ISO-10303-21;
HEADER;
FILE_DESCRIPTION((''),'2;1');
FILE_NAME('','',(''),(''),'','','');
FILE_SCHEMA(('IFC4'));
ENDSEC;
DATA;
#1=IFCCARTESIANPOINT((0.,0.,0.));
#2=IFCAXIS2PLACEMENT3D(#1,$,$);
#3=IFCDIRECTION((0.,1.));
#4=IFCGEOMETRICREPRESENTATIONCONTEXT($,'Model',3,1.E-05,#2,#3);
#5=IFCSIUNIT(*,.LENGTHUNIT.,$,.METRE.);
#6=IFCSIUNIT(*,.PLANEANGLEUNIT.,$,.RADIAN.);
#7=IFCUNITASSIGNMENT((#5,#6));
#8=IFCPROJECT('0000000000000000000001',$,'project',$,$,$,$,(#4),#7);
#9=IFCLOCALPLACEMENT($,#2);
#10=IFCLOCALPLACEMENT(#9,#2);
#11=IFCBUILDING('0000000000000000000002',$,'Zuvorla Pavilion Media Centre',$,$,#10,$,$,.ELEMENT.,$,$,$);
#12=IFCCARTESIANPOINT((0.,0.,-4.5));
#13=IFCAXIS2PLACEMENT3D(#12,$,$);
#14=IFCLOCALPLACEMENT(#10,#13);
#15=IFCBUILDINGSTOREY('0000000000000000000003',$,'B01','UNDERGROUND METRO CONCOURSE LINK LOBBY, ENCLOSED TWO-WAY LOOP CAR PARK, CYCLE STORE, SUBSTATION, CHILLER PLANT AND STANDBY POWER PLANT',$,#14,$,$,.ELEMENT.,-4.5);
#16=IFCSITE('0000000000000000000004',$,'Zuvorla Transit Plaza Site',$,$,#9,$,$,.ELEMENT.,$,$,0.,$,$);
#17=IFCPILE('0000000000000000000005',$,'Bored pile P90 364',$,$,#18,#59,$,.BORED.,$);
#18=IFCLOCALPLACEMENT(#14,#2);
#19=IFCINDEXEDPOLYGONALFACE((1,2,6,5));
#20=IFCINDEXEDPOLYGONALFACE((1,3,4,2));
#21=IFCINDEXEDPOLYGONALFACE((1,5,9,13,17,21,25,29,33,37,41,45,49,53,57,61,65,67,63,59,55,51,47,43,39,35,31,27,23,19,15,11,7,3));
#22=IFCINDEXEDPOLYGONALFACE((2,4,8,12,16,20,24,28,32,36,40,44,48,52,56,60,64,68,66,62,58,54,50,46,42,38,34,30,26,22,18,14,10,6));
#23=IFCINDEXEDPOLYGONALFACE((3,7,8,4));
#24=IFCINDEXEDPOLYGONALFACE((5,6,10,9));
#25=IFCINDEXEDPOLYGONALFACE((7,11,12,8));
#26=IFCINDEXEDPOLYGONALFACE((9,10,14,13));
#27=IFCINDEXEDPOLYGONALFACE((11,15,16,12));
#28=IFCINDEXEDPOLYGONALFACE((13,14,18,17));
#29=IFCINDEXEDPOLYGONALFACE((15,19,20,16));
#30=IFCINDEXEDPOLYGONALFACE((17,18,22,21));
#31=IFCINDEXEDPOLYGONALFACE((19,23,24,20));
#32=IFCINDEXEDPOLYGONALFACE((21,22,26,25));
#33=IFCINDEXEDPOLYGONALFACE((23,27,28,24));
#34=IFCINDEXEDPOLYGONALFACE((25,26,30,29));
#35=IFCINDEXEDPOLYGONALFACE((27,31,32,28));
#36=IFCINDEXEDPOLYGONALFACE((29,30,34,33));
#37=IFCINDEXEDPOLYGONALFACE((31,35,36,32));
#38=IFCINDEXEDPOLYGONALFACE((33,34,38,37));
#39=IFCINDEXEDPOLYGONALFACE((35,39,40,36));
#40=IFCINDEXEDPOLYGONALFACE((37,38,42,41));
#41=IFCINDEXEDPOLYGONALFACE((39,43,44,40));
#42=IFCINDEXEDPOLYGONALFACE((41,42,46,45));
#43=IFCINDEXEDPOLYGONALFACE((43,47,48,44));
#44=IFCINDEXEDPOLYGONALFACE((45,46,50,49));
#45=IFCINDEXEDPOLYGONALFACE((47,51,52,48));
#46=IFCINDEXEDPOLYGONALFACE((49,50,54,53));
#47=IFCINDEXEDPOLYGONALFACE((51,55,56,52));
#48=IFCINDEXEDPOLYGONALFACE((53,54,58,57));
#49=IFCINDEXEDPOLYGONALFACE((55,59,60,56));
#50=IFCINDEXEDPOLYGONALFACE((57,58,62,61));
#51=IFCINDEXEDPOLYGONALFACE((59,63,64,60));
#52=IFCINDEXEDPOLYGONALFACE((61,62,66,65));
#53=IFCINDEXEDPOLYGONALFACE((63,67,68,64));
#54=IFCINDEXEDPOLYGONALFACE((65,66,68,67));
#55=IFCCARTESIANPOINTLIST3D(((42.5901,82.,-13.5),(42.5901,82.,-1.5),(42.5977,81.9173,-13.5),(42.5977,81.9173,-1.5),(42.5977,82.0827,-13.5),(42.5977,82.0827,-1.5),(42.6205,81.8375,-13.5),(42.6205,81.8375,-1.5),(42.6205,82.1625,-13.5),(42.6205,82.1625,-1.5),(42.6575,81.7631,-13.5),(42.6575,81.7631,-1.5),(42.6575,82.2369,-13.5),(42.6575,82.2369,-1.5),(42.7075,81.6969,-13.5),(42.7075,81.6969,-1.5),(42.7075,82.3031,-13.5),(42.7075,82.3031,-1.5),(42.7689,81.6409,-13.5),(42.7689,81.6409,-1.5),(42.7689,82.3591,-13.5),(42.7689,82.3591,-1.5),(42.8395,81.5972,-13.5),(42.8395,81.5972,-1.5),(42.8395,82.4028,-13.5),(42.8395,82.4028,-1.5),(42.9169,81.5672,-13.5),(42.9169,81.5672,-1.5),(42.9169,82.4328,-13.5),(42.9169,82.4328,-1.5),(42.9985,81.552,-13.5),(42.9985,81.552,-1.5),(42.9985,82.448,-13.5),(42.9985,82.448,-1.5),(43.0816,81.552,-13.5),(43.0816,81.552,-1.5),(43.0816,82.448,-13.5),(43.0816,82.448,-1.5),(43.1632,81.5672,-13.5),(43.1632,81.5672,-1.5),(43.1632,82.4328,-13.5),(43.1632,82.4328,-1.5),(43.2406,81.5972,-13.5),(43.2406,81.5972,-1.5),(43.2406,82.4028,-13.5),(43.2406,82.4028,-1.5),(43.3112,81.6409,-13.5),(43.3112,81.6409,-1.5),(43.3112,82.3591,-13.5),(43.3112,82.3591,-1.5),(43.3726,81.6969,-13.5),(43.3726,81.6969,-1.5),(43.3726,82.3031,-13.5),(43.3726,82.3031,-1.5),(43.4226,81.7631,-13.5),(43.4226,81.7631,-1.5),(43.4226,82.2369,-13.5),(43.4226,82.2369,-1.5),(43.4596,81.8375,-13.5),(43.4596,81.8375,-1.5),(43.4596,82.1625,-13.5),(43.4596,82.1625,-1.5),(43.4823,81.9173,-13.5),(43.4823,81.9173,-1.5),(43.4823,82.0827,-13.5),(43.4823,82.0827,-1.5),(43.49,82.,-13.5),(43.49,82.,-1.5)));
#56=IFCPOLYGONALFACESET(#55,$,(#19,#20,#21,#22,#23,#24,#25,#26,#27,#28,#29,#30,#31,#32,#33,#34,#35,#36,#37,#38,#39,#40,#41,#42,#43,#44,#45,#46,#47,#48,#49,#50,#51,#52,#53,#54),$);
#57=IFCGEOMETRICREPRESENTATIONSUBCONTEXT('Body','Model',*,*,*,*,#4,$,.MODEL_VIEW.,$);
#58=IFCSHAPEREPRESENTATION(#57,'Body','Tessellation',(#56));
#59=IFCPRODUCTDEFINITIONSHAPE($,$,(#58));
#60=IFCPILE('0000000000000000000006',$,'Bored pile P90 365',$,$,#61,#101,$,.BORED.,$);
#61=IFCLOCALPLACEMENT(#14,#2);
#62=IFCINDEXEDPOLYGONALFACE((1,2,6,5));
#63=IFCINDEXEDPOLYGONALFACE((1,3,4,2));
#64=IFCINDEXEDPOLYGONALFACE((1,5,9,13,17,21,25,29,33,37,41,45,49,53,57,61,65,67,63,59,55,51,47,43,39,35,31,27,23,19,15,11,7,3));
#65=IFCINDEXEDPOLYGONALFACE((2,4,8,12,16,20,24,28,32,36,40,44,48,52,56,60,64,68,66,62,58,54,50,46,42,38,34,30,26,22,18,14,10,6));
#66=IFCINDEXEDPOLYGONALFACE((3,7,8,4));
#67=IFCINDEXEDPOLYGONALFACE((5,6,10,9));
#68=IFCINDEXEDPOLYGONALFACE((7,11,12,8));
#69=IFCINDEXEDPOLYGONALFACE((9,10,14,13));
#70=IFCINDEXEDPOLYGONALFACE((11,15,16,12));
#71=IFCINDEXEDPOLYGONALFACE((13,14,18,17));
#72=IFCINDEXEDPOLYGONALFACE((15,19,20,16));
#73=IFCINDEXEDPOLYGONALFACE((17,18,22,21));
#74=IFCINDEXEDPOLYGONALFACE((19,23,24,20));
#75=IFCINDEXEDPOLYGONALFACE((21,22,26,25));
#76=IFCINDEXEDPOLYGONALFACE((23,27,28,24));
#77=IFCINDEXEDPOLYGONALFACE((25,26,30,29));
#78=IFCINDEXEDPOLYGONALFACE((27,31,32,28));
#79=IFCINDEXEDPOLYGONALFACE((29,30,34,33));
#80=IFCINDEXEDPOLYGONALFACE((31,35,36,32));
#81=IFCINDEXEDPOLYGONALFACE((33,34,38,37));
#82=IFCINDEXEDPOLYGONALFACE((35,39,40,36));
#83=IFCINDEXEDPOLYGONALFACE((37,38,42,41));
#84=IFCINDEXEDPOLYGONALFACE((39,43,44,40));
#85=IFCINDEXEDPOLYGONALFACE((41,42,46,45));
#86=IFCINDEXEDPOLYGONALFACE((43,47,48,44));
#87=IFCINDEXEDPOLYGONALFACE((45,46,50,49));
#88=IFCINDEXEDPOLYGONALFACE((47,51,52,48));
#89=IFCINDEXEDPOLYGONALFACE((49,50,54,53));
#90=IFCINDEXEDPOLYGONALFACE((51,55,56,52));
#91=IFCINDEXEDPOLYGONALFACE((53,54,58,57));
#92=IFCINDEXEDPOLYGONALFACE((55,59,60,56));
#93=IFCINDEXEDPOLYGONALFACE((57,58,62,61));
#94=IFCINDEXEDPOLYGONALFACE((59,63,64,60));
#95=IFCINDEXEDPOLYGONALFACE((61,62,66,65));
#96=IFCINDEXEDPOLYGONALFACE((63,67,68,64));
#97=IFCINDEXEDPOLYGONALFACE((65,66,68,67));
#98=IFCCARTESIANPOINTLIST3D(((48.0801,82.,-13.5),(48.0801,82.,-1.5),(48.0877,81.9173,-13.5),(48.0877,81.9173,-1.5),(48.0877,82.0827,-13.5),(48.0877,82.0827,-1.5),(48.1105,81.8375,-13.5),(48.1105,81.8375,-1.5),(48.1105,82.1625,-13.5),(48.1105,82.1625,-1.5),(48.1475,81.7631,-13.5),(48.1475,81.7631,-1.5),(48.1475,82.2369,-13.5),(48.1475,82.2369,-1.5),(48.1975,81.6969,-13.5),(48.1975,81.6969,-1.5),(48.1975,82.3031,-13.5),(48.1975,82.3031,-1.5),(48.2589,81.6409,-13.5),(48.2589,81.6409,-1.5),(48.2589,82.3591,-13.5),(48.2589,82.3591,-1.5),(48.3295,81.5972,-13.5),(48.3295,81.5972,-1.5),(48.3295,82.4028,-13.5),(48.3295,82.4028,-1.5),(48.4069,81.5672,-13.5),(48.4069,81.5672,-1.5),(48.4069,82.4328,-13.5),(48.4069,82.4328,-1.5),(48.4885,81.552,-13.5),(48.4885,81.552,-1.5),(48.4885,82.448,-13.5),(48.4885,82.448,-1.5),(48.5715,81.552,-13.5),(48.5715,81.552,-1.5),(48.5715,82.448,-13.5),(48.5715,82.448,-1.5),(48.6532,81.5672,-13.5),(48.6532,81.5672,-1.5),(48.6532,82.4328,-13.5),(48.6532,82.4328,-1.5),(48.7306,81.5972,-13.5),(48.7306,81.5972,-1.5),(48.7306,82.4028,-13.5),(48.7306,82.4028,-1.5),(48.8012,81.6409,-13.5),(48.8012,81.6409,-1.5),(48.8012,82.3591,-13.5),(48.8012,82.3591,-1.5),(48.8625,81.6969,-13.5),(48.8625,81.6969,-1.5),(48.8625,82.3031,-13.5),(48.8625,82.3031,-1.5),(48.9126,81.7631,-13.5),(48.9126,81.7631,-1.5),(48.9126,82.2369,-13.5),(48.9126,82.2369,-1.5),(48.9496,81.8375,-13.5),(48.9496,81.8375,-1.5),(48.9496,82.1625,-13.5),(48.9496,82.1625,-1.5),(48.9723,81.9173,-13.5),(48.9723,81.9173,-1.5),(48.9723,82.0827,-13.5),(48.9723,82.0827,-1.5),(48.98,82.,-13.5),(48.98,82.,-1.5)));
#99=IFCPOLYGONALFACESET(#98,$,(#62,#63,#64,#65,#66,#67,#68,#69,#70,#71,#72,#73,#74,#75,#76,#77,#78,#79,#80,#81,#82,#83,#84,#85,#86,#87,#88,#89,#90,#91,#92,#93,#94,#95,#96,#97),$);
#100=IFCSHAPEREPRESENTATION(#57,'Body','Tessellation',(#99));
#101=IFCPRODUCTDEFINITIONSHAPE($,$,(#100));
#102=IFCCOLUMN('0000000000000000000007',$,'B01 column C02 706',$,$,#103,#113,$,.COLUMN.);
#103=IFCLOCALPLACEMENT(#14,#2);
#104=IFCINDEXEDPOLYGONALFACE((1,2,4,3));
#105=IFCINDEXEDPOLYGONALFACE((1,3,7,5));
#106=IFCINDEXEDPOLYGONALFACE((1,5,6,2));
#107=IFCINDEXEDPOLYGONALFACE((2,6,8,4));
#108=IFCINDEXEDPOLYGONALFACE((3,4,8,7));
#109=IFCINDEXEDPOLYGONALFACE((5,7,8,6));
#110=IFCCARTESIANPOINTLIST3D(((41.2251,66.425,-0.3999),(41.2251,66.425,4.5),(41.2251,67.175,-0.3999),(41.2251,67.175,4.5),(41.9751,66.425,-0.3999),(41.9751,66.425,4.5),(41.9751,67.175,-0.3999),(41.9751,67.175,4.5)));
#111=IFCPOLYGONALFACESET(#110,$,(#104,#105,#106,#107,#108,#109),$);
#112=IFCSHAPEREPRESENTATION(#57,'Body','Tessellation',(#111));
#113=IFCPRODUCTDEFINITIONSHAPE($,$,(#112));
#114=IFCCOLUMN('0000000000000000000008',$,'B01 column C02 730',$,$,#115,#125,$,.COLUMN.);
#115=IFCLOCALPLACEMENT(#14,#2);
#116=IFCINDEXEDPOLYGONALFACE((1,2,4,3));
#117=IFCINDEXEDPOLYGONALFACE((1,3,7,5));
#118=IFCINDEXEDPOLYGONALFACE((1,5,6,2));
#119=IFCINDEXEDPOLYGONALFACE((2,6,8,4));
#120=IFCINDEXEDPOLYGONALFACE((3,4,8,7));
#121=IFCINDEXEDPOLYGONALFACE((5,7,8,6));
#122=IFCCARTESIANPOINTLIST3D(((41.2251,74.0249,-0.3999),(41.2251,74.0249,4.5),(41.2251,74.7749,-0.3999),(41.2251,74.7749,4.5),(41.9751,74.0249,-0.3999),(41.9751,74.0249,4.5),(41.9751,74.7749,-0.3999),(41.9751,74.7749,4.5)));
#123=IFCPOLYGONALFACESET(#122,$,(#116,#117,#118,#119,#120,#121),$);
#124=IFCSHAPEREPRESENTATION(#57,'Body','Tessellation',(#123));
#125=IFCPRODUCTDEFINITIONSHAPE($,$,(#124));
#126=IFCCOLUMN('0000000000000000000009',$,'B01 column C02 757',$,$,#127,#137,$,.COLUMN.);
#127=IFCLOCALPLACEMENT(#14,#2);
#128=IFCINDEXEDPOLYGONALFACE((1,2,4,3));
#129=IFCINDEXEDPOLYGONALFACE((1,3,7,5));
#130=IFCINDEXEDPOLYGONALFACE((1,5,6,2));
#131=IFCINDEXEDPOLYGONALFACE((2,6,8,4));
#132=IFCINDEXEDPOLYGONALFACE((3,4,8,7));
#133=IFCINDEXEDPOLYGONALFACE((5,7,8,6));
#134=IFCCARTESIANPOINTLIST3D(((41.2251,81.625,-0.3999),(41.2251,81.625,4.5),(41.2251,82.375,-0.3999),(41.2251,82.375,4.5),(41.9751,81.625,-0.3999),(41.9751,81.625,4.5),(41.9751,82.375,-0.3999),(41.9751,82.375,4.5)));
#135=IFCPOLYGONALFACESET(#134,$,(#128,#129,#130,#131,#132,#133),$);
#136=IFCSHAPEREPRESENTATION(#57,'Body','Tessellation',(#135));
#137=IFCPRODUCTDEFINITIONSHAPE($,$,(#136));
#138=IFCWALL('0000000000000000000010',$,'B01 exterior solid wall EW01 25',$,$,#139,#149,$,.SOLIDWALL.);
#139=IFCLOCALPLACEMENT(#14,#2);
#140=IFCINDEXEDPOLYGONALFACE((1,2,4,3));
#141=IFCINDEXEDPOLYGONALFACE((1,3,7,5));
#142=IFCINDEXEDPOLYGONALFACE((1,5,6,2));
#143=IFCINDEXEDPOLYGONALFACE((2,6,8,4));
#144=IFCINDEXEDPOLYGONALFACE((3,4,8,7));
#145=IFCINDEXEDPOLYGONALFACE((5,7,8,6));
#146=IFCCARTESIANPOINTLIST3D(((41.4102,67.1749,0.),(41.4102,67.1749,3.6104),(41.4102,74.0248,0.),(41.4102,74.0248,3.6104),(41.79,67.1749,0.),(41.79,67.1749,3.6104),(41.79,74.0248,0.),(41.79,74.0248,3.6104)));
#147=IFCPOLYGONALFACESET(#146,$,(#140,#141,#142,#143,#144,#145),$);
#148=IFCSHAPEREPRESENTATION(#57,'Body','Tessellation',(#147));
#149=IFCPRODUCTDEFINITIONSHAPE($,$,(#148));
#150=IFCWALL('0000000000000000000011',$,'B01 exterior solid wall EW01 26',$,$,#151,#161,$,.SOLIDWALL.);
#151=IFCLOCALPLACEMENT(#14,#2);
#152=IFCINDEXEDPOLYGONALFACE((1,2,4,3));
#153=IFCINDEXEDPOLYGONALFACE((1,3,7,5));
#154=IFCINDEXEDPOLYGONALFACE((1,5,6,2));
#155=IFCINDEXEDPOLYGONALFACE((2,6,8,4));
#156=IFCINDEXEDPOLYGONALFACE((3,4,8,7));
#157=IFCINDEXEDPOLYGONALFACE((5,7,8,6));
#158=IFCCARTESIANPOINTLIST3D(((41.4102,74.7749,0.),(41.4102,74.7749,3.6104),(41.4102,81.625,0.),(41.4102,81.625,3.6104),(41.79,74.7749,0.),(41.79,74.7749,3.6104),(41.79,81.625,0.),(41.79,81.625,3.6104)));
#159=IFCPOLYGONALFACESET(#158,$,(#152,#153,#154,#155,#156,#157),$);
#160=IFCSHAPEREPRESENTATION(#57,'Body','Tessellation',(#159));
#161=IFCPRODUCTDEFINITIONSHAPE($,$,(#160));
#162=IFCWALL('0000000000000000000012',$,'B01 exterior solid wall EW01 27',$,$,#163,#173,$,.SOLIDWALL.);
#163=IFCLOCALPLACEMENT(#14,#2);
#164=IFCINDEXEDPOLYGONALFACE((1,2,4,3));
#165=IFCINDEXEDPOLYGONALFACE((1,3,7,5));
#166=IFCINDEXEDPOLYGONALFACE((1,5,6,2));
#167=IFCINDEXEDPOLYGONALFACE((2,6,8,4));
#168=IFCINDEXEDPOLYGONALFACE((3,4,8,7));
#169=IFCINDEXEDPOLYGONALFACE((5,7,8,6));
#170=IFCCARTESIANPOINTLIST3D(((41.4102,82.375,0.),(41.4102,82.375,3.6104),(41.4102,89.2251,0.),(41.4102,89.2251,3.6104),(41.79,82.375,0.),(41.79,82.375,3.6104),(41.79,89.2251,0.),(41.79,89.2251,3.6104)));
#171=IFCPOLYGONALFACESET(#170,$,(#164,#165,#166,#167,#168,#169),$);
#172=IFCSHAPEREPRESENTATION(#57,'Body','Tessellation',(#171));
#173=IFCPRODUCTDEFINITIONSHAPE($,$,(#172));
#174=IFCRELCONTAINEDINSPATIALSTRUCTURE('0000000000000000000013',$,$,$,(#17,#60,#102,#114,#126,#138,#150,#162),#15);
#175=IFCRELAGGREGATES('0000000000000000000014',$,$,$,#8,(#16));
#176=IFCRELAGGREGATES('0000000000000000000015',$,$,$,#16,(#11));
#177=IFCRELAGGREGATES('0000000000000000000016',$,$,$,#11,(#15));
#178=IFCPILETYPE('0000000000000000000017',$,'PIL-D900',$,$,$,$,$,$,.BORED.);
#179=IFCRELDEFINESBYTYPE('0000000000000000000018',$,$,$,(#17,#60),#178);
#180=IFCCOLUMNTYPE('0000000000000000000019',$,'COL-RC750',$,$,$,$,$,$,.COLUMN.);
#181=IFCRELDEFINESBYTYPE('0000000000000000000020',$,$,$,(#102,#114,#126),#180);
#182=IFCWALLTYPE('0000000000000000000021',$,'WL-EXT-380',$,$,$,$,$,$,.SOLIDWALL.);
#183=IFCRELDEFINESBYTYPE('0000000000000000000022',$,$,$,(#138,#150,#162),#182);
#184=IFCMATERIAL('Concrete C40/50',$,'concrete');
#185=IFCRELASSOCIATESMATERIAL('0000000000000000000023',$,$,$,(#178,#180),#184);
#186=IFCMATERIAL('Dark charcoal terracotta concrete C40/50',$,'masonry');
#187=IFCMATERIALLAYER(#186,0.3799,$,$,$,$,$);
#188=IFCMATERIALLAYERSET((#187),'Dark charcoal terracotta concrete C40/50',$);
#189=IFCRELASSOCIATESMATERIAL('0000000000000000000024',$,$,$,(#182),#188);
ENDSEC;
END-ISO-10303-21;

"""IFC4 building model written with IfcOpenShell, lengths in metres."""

from ifc_helpers import new_model, si_unit, direction, frame, frame_2d, origin, origin_2d, place, context, subcontext, project, spatial, rectangle, circle, extrude, material, layer, layer_set, material_profile, profile_set, type_object, element, save


model = new_model("IFC4")

# Units and contexts
model_context = context("Model", 3, precision=1e-05, world=origin(), true_north=direction((0.0, 1.0)))
body_context = subcontext(model_context, "Body", "Model", "MODEL_VIEW")
ifc_project = project(units=[si_unit("LENGTHUNIT", "METRE"), si_unit("PLANEANGLEUNIT", "RADIAN")], contexts=[model_context])

# Site, building, storey
site_placement = place(None, origin())
site = spatial("IfcSite", under=ifc_project, at=site_placement, Name="Zuvorla Transit Plaza Site", CompositionType="ELEMENT", RefElevation=0.0)
building_placement = place(site_placement, origin())
building = spatial("IfcBuilding", under=site, at=building_placement, Name="Zuvorla Pavilion Media Centre", CompositionType="ELEMENT")
storey_placement = place(building_placement, frame((0.0, 0.0, -4.5)))
storey = spatial("IfcBuildingStorey", under=building, at=storey_placement, Name="B01", Description="UNDERGROUND METRO CONCOURSE LINK LOBBY, ENCLOSED TWO-WAY LOOP CAR PARK, CYCLE STORE, SUBSTATION, CHILLER PLANT AND STANDBY POWER PLANT", CompositionType="ELEMENT", Elevation=-4.5)

# Shared definitions
ifc_material_1 = material(Name="Concrete C40/50", Category="concrete")

# Piles
ifc_material_profile_1 = material_profile(ifc_material_1, circle(Radius=0.45, at=origin_2d()), Name="BORED PILE 900")
ifc_profile_set_1 = profile_set([ifc_material_profile_1], Name="Concrete C40/50")
pile_type_1 = type_object("IfcPileType", Name="PIL-D900", PredefinedType="BORED", material=ifc_profile_set_1)
for number, where, z_axis, x_axis, name in (
    (1, (43.04, 82.0, -1.5), (0.0, 0.0, -1.0), (1.0, 0.0, 0.0), "Bored pile P90 364"),
    (2, (48.53, 82.0, -1.5), (0.0, 0.0, -1.0), (1.0, 0.0, 0.0), "Bored pile P90 365"),
):
    element("IfcPile", number, at=place(storey_placement, frame(where, z_axis=z_axis, x_axis=x_axis)), inside=storey, type_object=pile_type_1, Name=name, PredefinedType="BORED", context=body_context, shape_type="SweptSolid", body=[
        extrude(circle(Radius=0.45, at=origin_2d()), origin(), (0.0, 0.0, 1.0), 12.0),
    ])

# Columns
ifc_material_profile_2 = material_profile(ifc_material_1, rectangle(XDim=0.75, YDim=0.75, at=origin_2d()), Name="RC 750x750")
ifc_profile_set_2 = profile_set([ifc_material_profile_2], Name="Concrete C40/50")
column_type = type_object("IfcColumnType", Name="COL-RC750", PredefinedType="COLUMN", material=ifc_profile_set_2)
for number, where, z_axis, x_axis, name in (
    (3, (41.6001, 66.8, -0.3999), (0.0, 0.0, 1.0), (1.0, 0.0, 0.0), "B01 column C02 706"),
    (4, (41.6001, 74.3999, -0.3999), (0.0, 0.0, 1.0), (1.0, 0.0, 0.0), "B01 column C02 730"),
    (5, (41.6001, 82.0, -0.3999), (0.0, 0.0, 1.0), (1.0, 0.0, 0.0), "B01 column C02 757"),
):
    element("IfcColumn", number, at=place(storey_placement, frame(where, z_axis=z_axis, x_axis=x_axis)), inside=storey, type_object=column_type, Name=name, PredefinedType="COLUMN", context=body_context, shape_type="SweptSolid", body=[
        extrude(rectangle(XDim=0.75, YDim=0.75, at=origin_2d()), origin(), (0.0, 0.0, 1.0), 4.8999),
    ])

# Walls
ifc_material_2 = material(Name="Dark charcoal terracotta concrete C40/50", Category="masonry")
ifc_layer = layer(ifc_material_2, 0.3799)
ifc_layer_set = layer_set([ifc_layer], Name="Dark charcoal terracotta concrete C40/50")
wall_type = type_object("IfcWallType", Name="WL-EXT-380", PredefinedType="SOLIDWALL", material=ifc_layer_set)
wall_placement = place(storey_placement, frame((41.6001, 67.175, 0.0), z_axis=(0.0, 0.0, 1.0), x_axis=(0.0, 1.0, 0.0)))
element("IfcWall", 6, at=wall_placement, inside=storey, type_object=wall_type, Name="B01 exterior solid wall EW01 25", PredefinedType="SOLIDWALL", context=body_context, shape_type="SweptSolid", body=[
    extrude(rectangle(XDim=6.8499, YDim=0.3799, at=frame_2d((3.4248, 0.0))), origin(), (0.0, 0.0, 1.0), 3.6104),
])
for number, where, z_axis, x_axis, name in (
    (7, (41.6001, 74.7749, 0.0), (0.0, 0.0, 1.0), (0.0, 1.0, 0.0), "B01 exterior solid wall EW01 26"),
    (8, (41.6001, 82.375, 0.0), (0.0, 0.0, 1.0), (0.0, 1.0, 0.0), "B01 exterior solid wall EW01 27"),
):
    element("IfcWall", number, at=place(storey_placement, frame(where, z_axis=z_axis, x_axis=x_axis)), inside=storey, type_object=wall_type, Name=name, PredefinedType="SOLIDWALL", context=body_context, shape_type="SweptSolid", body=[
        extrude(rectangle(XDim=6.8501, YDim=0.3799, at=frame_2d((3.425, 0.0))), origin(), (0.0, 0.0, 1.0), 3.6104),
    ])

save(model, "model.ifc")
